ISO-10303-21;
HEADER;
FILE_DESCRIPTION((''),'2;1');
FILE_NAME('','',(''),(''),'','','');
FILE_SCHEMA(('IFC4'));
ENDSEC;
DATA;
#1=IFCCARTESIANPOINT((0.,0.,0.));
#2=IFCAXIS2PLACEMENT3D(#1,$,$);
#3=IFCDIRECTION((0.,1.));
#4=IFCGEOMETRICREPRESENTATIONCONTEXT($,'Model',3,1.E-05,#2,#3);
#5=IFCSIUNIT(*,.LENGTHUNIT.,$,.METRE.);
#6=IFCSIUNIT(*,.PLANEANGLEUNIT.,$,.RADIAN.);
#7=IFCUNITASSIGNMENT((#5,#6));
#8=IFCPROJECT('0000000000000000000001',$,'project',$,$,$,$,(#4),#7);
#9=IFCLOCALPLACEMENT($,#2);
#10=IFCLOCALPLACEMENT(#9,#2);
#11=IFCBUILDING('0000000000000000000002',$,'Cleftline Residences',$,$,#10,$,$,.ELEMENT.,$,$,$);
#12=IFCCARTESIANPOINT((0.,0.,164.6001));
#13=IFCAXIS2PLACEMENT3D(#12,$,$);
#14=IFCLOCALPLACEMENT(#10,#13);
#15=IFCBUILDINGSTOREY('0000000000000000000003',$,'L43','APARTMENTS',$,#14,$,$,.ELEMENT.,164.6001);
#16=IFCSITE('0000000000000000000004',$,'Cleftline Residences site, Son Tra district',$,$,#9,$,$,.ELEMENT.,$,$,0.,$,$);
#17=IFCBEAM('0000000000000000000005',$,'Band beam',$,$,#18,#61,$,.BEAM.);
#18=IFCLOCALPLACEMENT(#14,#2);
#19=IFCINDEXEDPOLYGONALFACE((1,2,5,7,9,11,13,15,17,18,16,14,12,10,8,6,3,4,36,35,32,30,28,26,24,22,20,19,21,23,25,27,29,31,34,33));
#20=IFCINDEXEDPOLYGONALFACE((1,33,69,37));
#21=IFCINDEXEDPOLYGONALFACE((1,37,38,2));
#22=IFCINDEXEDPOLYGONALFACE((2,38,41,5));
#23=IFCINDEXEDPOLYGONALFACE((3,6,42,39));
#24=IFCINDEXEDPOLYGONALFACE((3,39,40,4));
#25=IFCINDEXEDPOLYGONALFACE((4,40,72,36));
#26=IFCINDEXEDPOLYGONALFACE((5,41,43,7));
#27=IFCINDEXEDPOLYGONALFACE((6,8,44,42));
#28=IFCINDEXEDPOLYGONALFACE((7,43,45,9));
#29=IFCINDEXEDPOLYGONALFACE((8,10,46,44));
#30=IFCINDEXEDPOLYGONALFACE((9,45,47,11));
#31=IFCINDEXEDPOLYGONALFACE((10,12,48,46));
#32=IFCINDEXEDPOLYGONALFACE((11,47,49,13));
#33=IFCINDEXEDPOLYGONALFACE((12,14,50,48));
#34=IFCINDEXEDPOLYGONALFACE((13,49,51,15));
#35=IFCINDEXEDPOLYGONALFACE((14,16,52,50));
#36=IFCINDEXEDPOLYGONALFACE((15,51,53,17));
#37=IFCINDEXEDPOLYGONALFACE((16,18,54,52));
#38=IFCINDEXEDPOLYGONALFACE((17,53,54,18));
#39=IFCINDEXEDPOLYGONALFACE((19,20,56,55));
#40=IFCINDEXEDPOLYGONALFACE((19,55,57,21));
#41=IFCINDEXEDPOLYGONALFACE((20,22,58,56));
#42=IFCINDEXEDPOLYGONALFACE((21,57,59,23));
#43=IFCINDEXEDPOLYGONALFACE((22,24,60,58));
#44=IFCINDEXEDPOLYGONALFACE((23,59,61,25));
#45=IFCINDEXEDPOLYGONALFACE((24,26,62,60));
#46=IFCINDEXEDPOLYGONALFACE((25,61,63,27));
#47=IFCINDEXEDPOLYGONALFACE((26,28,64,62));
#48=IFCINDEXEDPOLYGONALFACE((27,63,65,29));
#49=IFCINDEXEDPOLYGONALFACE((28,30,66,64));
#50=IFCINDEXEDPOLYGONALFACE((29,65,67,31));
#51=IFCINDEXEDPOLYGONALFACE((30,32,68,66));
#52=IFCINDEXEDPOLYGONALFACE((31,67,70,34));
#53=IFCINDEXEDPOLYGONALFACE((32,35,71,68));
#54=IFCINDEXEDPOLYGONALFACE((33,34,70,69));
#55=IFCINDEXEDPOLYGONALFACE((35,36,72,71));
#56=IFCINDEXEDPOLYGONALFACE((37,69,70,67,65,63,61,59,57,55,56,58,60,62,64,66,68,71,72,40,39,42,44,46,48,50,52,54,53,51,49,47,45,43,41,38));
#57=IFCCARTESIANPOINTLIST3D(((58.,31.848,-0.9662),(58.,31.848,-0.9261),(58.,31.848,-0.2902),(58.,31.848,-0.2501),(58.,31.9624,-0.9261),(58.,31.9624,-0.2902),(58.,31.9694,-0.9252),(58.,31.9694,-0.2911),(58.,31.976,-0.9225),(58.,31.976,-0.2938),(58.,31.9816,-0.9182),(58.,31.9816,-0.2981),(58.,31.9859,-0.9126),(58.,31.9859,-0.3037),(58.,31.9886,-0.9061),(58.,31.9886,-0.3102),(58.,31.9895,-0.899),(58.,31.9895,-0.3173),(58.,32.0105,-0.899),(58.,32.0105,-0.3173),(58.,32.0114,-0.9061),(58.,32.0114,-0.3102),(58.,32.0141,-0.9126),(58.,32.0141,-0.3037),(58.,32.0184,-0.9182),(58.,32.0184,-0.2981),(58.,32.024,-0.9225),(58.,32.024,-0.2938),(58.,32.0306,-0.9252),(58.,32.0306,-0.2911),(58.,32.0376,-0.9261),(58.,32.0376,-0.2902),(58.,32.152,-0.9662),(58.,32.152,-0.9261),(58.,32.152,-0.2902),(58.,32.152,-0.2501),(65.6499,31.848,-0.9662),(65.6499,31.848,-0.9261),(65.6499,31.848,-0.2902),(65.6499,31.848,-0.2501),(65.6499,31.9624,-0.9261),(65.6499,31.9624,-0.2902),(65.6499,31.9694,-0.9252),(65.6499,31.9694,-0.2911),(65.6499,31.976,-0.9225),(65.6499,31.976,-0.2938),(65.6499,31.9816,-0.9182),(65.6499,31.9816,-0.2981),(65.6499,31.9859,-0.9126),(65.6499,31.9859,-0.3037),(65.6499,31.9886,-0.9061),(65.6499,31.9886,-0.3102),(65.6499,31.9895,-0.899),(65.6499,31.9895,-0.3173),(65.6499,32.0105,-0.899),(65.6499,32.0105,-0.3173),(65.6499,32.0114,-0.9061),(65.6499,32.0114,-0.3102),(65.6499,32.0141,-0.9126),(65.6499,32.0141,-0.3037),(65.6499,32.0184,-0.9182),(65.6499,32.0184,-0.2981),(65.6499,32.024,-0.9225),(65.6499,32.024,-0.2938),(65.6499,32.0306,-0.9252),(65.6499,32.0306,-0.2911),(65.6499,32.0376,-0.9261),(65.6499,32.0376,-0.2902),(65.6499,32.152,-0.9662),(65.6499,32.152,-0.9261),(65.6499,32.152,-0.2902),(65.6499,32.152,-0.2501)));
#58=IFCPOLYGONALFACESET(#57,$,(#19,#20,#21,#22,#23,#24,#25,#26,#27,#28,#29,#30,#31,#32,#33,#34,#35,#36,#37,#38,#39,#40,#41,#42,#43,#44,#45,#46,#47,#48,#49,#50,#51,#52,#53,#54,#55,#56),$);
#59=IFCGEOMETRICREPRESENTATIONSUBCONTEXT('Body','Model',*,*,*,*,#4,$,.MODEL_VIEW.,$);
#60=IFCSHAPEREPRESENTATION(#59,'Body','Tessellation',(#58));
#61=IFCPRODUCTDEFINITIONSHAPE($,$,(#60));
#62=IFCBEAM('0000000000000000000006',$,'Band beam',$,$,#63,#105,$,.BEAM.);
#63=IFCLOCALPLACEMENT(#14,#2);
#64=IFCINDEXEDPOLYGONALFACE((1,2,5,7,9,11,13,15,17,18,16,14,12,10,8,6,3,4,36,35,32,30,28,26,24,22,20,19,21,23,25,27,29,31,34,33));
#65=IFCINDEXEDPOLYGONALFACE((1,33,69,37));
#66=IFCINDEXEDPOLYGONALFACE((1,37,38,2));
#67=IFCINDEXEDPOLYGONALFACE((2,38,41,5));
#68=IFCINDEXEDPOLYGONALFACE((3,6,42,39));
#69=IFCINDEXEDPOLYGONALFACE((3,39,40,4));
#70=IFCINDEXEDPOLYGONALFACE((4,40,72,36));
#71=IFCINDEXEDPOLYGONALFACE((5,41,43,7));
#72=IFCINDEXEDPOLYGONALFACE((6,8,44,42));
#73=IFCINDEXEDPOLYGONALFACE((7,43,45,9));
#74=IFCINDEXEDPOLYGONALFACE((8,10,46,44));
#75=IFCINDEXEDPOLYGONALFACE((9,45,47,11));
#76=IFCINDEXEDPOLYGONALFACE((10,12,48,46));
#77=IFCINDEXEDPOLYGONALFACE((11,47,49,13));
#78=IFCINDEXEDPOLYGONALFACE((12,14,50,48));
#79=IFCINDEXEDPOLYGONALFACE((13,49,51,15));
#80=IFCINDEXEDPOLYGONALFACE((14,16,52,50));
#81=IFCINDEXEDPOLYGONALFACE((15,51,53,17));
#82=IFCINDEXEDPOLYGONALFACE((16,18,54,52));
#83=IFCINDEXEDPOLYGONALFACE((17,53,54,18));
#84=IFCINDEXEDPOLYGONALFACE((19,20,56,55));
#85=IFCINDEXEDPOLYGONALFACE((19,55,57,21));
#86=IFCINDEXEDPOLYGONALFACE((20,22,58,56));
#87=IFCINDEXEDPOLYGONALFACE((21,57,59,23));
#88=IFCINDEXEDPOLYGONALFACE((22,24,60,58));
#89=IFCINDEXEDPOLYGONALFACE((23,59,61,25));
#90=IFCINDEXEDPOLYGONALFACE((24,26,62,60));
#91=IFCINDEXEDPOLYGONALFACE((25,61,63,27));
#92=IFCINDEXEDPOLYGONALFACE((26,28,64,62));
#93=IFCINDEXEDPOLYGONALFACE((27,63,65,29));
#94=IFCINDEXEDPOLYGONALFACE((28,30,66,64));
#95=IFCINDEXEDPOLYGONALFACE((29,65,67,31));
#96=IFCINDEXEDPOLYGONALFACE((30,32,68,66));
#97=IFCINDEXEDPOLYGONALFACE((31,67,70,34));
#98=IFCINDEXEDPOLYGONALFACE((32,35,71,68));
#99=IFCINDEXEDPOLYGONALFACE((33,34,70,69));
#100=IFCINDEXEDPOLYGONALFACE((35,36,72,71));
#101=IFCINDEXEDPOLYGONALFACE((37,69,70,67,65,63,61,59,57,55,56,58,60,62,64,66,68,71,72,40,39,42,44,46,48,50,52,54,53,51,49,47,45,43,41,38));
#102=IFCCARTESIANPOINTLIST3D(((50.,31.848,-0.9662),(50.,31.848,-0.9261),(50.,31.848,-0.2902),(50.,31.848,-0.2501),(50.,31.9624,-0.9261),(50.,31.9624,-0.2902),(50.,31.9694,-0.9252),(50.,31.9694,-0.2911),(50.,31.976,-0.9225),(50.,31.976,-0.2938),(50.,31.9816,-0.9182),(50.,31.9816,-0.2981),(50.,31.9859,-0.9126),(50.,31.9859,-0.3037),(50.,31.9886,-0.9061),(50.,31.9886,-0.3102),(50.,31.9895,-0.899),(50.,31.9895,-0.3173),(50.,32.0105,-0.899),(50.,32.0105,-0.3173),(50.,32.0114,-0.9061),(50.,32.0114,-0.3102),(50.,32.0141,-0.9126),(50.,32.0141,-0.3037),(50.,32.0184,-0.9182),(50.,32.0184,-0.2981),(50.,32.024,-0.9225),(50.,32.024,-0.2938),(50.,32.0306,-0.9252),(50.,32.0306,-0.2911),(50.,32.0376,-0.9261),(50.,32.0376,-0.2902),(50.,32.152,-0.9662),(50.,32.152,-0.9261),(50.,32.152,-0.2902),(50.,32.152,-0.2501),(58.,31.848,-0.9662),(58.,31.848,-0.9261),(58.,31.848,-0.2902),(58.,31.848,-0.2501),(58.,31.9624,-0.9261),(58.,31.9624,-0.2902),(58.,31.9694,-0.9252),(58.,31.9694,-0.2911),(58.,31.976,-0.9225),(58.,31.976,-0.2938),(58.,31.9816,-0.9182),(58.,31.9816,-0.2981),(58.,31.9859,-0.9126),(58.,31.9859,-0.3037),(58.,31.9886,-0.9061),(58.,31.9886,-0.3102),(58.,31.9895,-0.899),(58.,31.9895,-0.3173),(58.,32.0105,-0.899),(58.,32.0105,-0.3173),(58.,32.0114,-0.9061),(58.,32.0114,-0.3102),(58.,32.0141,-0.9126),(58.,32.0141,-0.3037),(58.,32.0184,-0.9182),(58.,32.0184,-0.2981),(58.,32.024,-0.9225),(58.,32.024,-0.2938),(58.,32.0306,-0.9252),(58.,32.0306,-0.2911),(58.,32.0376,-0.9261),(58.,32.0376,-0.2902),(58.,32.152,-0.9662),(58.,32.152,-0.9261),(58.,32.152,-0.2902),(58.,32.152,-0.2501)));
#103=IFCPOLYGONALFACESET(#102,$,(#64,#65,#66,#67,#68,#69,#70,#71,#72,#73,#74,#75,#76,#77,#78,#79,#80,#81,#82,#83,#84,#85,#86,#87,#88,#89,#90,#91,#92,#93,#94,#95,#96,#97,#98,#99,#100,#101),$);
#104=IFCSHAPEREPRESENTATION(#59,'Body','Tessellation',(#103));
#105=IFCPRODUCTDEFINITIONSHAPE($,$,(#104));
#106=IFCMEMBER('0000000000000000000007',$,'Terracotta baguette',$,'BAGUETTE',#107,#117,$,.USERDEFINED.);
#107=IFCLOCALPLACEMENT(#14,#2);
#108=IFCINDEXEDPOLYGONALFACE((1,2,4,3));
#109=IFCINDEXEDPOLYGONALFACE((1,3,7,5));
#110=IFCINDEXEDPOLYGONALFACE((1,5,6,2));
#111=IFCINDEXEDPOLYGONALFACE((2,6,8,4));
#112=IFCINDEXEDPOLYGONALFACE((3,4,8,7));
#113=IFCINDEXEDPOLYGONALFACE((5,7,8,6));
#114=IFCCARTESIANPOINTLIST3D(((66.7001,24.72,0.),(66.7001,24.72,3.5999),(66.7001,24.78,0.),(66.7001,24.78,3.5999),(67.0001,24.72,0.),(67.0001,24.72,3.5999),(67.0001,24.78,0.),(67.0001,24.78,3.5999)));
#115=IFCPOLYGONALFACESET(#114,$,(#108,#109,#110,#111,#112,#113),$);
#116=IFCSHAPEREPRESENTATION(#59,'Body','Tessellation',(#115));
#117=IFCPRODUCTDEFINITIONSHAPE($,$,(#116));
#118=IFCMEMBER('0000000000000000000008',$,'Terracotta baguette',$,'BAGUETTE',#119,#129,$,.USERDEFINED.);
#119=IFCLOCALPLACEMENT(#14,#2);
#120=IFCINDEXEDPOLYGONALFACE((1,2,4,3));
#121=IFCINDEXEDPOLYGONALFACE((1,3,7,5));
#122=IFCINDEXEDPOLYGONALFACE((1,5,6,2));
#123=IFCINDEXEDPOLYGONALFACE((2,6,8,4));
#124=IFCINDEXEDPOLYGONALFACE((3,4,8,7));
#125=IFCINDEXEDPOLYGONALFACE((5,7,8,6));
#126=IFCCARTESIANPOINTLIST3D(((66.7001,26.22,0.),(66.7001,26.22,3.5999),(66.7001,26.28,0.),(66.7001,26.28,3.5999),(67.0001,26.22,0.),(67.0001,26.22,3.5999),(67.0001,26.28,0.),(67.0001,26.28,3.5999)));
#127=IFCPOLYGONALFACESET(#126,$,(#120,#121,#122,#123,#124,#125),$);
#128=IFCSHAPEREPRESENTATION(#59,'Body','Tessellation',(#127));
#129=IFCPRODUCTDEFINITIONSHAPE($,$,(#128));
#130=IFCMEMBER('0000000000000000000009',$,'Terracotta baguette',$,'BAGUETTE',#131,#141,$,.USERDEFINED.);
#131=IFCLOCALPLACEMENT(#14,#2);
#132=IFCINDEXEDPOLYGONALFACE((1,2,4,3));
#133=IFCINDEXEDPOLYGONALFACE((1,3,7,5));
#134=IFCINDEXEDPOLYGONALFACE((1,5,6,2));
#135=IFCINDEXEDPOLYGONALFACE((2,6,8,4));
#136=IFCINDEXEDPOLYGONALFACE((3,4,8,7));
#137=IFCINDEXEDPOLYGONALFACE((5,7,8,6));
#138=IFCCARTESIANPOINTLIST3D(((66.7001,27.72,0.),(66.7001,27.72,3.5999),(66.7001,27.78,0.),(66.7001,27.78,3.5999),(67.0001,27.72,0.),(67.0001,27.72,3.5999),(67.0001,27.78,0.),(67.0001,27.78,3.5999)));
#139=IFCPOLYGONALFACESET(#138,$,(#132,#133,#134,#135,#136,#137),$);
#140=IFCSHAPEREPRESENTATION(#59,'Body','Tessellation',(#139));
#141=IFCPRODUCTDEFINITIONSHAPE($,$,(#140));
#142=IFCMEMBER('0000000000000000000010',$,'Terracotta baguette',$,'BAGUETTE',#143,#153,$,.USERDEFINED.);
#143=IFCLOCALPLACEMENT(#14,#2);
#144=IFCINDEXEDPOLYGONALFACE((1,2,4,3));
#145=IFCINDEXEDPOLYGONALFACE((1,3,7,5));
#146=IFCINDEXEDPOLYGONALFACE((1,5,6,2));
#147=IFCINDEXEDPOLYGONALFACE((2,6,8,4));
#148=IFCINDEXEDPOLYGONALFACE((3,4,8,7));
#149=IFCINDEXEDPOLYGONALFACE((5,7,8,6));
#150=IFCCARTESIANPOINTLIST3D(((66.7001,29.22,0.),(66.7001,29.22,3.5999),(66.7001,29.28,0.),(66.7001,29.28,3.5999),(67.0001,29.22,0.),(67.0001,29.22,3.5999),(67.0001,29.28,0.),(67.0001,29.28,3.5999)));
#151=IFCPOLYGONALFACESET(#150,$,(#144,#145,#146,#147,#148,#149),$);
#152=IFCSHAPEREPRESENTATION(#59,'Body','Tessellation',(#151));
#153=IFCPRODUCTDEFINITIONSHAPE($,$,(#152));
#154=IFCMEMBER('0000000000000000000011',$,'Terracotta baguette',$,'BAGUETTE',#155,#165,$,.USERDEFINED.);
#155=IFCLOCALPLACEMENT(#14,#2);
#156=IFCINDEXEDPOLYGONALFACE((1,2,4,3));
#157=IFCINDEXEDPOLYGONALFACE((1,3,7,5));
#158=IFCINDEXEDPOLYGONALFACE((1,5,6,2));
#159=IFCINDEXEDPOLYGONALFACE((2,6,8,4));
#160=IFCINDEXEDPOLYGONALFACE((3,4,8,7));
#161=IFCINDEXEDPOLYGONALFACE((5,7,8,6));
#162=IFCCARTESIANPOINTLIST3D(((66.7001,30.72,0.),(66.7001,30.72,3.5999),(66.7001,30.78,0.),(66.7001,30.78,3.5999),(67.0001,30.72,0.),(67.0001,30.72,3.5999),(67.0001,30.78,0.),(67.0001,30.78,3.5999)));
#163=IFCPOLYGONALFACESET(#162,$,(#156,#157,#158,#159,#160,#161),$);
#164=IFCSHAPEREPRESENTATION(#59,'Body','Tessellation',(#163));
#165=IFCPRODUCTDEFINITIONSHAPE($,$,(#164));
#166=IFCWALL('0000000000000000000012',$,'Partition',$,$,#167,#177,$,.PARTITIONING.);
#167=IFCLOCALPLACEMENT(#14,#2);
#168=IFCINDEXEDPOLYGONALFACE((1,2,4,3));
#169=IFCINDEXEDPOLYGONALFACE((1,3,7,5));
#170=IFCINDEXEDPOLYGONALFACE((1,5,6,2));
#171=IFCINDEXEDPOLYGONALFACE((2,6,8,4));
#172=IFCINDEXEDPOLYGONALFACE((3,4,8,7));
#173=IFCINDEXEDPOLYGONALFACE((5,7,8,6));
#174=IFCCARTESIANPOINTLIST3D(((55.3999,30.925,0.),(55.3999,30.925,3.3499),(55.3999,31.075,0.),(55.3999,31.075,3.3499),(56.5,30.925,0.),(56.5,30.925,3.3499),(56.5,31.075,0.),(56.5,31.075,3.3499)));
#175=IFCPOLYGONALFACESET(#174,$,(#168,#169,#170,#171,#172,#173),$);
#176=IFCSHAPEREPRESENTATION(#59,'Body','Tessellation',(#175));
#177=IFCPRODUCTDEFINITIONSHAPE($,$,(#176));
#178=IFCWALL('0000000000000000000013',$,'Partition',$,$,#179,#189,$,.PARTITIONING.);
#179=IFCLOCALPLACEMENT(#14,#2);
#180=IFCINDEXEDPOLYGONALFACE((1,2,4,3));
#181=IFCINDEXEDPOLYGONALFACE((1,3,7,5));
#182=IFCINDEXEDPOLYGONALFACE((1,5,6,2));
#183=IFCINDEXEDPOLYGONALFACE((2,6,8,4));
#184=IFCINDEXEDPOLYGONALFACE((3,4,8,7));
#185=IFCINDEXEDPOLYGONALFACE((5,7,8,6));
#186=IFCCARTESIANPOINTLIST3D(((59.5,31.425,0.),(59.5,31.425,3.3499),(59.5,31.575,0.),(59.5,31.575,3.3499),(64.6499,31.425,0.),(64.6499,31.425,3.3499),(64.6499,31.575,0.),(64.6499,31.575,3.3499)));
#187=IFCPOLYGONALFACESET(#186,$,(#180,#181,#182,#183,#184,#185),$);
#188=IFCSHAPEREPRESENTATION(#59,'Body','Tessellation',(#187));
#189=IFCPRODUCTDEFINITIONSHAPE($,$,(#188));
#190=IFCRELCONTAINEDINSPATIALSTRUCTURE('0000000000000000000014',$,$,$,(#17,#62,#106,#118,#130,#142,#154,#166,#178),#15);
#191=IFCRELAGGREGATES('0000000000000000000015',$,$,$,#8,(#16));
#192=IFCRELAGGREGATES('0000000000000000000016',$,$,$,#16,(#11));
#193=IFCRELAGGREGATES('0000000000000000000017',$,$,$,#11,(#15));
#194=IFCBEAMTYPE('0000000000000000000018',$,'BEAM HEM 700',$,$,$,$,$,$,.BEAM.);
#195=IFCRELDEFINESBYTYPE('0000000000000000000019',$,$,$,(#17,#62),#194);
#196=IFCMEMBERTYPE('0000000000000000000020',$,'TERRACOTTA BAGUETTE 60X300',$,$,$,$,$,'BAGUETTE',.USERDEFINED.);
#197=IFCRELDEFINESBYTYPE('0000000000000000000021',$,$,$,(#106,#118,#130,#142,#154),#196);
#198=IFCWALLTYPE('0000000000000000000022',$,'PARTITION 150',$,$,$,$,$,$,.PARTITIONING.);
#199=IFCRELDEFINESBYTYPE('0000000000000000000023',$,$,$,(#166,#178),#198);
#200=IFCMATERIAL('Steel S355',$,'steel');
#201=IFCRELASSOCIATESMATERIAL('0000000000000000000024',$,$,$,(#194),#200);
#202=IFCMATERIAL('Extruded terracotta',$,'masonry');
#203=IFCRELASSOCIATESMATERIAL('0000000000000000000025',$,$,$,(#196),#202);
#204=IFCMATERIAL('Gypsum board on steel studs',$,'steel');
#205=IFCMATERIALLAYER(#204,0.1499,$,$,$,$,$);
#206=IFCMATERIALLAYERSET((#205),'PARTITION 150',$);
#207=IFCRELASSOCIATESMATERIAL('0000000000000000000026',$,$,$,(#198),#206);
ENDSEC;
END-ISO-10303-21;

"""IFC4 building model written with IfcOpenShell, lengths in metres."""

from ifc_helpers import new_model, si_unit, direction, frame, frame_2d, origin, origin_2d, place, context, subcontext, project, spatial, rectangle, i_section, extrude, material, layer, layer_set, material_profile, profile_set, type_object, element, save


model = new_model("IFC4")

# Units and contexts
model_context = context("Model", 3, precision=1e-05, world=origin(), true_north=direction((0.0, 1.0)))
body_context = subcontext(model_context, "Body", "Model", "MODEL_VIEW")
ifc_project = project(units=[si_unit("LENGTHUNIT", "METRE"), si_unit("PLANEANGLEUNIT", "RADIAN")], contexts=[model_context])

# Site, building, storey
site_placement = place(None, origin())
site = spatial("IfcSite", under=ifc_project, at=site_placement, Name="Cleftline Residences site, Son Tra district", CompositionType="ELEMENT", RefElevation=0.0)
building_placement = place(site_placement, origin())
building = spatial("IfcBuilding", under=site, at=building_placement, Name="Cleftline Residences", CompositionType="ELEMENT")
storey_placement = place(building_placement, frame((0.0, 0.0, 164.6001)))
storey = spatial("IfcBuildingStorey", under=building, at=storey_placement, Name="L43", Description="APARTMENTS", CompositionType="ELEMENT", Elevation=164.6001)

# Beams
ifc_material_1 = material(Name="Steel S355", Category="steel")
ifc_material_profile_1 = material_profile(ifc_material_1, i_section(OverallWidth=0.304, OverallDepth=0.7161, WebThickness=0.021, FlangeThickness=0.04, FilletRadius=0.0271, at=origin_2d()))
ifc_profile_set_1 = profile_set([ifc_material_profile_1], Name="Steel S355")
beam_type_1 = type_object("IfcBeamType", Name="BEAM HEM 700", PredefinedType="BEAM", material=ifc_profile_set_1)
beam_1_placement = place(storey_placement, frame((65.6499, 32.0, -0.6082), z_axis=(-1.0, 0.0, 0.0), x_axis=(0.0, -1.0, 0.0)))
element("IfcBeam", 1, at=beam_1_placement, inside=storey, type_object=beam_type_1, Name="Band beam", PredefinedType="BEAM", context=body_context, shape_type="SweptSolid", body=[
    extrude(i_section(OverallWidth=0.304, OverallDepth=0.7161, WebThickness=0.021, FlangeThickness=0.04, FilletRadius=0.0271, at=origin_2d()), origin(), (0.0, 0.0, 1.0), 7.6499),
])
beam_2_placement = place(storey_placement, frame((58.0, 32.0, -0.6082), z_axis=(-1.0, 0.0, 0.0), x_axis=(0.0, -1.0, 0.0)))
element("IfcBeam", 2, at=beam_2_placement, inside=storey, type_object=beam_type_1, Name="Band beam", PredefinedType="BEAM", context=body_context, shape_type="SweptSolid", body=[
    extrude(i_section(OverallWidth=0.304, OverallDepth=0.7161, WebThickness=0.021, FlangeThickness=0.04, FilletRadius=0.0271, at=origin_2d()), origin(), (0.0, 0.0, 1.0), 8.0),
])

# Members
ifc_material_2 = material(Name="Extruded terracotta", Category="masonry")
ifc_material_profile_2 = material_profile(ifc_material_2, rectangle(XDim=0.0601, YDim=0.3, at=origin_2d()))
ifc_profile_set_2 = profile_set([ifc_material_profile_2], Name="Extruded terracotta")
member_type_1 = type_object("IfcMemberType", Name="TERRACOTTA BAGUETTE 60X300", ElementType="BAGUETTE", PredefinedType="USERDEFINED", material=ifc_profile_set_2)
for number, where, z_axis, x_axis, name in (
    (3, (66.8501, 24.75, 0.0), (0.0, 0.0, 1.0), (0.0, 1.0, 0.0), "Terracotta baguette"),
    (4, (66.8501, 26.25, 0.0), (0.0, 0.0, 1.0), (0.0, 1.0, 0.0), "Terracotta baguette"),
    (5, (66.8501, 27.75, 0.0), (0.0, 0.0, 1.0), (0.0, 1.0, 0.0), "Terracotta baguette"),
    (6, (66.8501, 29.25, 0.0), (0.0, 0.0, 1.0), (0.0, 1.0, 0.0), "Terracotta baguette"),
    (7, (66.8501, 30.75, 0.0), (0.0, 0.0, 1.0), (0.0, 1.0, 0.0), "Terracotta baguette"),
):
    element("IfcMember", number, at=place(storey_placement, frame(where, z_axis=z_axis, x_axis=x_axis)), inside=storey, type_object=member_type_1, Name=name, ObjectType="BAGUETTE", PredefinedType="USERDEFINED", context=body_context, shape_type="SweptSolid", body=[
        extrude(rectangle(XDim=0.0601, YDim=0.3, at=origin_2d()), origin(), (0.0, 0.0, 1.0), 3.5999),
    ])

# Walls
ifc_material_3 = material(Name="Gypsum board on steel studs", Category="steel")
ifc_layer_1 = layer(ifc_material_3, 0.1499)
ifc_layer_set_1 = layer_set([ifc_layer_1], Name="PARTITION 150")
wall_type_1 = type_object("IfcWallType", Name="PARTITION 150", PredefinedType="PARTITIONING", material=ifc_layer_set_1)
wall_1_placement = place(storey_placement, frame((55.3999, 31.0, 0.0), z_axis=(0.0, 0.0, 1.0), x_axis=(1.0, 0.0, 0.0)))
element("IfcWall", 8, at=wall_1_placement, inside=storey, type_object=wall_type_1, Name="Partition", PredefinedType="PARTITIONING", context=body_context, shape_type="SweptSolid", body=[
    extrude(rectangle(XDim=1.1001, YDim=0.1499, at=frame_2d((0.55, 0.0))), origin(), (0.0, 0.0, 1.0), 3.3499),
])
wall_2_placement = place(storey_placement, frame((59.5, 31.5, 0.0), z_axis=(0.0, 0.0, 1.0), x_axis=(1.0, 0.0, 0.0)))
element("IfcWall", 9, at=wall_2_placement, inside=storey, type_object=wall_type_1, Name="Partition", PredefinedType="PARTITIONING", context=body_context, shape_type="SweptSolid", body=[
    extrude(rectangle(XDim=5.1499, YDim=0.1499, at=frame_2d((2.575, 0.0))), origin(), (0.0, 0.0, 1.0), 3.3499),
])

save(model, "model.ifc")
